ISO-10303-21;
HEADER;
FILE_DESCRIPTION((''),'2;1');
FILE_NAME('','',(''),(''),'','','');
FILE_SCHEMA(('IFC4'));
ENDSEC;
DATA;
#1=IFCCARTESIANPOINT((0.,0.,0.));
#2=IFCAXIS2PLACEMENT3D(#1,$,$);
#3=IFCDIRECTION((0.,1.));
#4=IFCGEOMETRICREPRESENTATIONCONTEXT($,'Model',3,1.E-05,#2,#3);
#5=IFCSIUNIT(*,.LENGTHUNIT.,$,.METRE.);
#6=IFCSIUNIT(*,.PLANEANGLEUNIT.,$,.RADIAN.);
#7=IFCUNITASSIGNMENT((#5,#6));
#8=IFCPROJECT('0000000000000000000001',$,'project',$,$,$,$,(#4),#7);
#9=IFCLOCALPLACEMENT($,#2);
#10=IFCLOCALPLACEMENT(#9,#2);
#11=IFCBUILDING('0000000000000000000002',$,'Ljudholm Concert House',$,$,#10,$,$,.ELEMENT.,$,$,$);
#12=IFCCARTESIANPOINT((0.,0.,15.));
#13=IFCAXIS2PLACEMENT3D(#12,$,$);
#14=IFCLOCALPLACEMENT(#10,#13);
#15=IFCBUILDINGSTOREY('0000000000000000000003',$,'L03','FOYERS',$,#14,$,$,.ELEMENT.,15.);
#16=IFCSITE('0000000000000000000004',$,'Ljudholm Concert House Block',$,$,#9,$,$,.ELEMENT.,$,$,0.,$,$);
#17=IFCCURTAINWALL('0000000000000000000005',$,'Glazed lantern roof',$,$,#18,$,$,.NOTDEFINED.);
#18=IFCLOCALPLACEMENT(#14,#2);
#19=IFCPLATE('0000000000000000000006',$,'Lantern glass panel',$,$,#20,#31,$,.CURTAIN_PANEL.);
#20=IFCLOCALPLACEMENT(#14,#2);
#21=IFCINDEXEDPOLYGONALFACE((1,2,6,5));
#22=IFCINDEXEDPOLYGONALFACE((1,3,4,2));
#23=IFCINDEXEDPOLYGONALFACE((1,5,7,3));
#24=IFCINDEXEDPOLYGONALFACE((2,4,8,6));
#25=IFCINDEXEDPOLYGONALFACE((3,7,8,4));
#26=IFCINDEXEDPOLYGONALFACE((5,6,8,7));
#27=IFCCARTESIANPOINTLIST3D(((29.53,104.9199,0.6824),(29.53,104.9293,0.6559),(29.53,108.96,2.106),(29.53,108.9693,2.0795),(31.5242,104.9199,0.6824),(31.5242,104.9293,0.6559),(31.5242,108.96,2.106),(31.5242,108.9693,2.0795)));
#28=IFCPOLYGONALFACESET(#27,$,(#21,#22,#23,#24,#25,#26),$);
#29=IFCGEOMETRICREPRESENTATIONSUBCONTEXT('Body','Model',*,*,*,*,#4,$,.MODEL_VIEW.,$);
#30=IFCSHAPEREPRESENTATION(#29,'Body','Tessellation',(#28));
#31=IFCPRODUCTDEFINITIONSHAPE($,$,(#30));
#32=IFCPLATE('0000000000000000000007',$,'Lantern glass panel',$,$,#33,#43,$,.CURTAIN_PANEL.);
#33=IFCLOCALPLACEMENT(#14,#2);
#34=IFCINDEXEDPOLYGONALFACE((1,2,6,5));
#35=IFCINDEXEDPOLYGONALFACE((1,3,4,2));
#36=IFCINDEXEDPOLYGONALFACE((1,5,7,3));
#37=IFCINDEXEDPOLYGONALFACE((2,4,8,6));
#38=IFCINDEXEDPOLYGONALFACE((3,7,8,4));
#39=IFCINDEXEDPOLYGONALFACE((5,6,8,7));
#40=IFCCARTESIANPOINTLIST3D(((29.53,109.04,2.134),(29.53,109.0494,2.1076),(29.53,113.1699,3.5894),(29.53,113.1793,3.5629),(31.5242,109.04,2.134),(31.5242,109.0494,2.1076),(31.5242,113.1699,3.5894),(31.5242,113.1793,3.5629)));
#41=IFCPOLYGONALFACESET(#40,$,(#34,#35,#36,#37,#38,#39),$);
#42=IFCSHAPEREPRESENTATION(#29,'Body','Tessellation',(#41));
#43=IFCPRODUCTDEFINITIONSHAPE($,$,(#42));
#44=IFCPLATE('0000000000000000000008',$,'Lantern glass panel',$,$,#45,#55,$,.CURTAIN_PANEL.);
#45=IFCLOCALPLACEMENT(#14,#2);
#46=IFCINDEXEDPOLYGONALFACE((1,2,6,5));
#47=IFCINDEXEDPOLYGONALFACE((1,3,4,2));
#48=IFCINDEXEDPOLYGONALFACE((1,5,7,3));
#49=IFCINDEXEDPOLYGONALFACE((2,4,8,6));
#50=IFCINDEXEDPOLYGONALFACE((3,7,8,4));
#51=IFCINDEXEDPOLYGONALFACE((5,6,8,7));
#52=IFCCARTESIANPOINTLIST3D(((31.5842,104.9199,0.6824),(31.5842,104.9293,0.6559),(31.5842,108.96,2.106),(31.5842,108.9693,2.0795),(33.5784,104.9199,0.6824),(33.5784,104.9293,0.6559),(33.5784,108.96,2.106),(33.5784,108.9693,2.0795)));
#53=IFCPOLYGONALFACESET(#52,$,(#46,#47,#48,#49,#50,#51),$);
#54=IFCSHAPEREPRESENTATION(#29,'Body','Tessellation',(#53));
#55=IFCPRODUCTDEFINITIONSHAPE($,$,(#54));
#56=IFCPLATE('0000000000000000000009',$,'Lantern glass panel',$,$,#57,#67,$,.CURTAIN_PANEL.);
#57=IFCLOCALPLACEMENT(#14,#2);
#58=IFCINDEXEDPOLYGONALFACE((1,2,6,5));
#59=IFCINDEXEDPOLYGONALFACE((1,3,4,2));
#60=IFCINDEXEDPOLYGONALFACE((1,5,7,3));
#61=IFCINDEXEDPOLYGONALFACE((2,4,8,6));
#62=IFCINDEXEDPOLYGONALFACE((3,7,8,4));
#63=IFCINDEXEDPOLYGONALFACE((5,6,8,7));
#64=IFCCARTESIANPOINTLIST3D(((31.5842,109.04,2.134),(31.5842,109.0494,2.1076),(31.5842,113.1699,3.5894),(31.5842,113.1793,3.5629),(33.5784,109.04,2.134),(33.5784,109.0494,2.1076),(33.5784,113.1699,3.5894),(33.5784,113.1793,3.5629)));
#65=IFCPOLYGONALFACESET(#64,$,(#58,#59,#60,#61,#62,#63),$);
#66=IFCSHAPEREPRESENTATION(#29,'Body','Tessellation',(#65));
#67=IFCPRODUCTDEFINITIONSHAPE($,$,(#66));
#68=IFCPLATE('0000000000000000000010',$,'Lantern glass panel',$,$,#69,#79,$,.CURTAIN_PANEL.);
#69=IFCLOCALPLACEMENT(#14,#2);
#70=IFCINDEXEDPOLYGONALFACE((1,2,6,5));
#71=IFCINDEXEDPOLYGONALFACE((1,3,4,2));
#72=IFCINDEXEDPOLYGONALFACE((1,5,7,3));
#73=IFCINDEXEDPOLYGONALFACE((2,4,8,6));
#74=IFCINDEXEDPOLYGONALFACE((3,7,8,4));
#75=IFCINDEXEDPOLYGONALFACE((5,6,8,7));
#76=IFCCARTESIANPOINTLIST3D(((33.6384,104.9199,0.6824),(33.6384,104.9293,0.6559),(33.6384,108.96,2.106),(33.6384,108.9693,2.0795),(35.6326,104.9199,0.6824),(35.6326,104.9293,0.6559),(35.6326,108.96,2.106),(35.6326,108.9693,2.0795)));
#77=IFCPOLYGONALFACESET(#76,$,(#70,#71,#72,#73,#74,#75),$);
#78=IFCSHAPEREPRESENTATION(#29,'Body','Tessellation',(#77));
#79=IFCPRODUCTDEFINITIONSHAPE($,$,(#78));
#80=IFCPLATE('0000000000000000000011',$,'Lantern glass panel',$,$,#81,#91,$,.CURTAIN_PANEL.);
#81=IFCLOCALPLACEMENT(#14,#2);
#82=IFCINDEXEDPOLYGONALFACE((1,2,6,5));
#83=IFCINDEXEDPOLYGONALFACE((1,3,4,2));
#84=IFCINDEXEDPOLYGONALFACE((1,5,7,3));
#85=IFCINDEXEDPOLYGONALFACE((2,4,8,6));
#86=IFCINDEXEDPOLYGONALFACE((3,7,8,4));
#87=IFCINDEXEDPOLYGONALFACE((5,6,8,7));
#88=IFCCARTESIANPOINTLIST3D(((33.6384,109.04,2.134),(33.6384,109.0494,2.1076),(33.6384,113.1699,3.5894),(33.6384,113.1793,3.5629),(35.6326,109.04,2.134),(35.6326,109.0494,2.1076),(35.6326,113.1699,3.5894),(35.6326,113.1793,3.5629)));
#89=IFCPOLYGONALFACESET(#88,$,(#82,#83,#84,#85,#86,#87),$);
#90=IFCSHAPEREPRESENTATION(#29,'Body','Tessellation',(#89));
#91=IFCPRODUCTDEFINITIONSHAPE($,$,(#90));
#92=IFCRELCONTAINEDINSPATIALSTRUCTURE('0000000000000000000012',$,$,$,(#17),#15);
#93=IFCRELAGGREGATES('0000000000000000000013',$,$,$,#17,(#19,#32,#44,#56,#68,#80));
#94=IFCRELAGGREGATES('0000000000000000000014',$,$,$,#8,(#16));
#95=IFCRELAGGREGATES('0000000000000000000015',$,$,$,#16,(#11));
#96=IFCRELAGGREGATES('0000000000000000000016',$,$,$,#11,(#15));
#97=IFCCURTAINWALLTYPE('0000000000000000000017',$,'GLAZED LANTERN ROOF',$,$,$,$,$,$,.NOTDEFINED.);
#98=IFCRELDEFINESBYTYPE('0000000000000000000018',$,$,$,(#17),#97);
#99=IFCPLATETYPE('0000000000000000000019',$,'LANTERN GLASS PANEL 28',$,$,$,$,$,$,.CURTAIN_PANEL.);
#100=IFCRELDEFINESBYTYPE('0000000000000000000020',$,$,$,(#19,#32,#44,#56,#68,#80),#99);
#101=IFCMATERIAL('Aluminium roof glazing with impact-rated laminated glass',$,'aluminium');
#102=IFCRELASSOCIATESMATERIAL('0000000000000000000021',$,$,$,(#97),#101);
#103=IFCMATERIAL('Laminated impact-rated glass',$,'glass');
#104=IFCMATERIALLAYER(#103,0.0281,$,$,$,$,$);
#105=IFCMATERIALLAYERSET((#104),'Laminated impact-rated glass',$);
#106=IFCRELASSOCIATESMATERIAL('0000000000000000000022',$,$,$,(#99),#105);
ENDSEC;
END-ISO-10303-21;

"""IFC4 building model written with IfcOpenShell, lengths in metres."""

from ifc_helpers import new_model, si_unit, direction, frame, origin, place, context, subcontext, project, spatial, polyline, outline, extrude, material, layer, layer_set, type_object, element, aggregate, save


model = new_model("IFC4")

# Units and contexts
model_context = context("Model", 3, precision=1e-05, world=origin(), true_north=direction((0.0, 1.0)))
body_context = subcontext(model_context, "Body", "Model", "MODEL_VIEW")
ifc_project = project(units=[si_unit("LENGTHUNIT", "METRE"), si_unit("PLANEANGLEUNIT", "RADIAN")], contexts=[model_context])

# Site, building, storey
site_placement = place(None, origin())
site = spatial("IfcSite", under=ifc_project, at=site_placement, Name="Ljudholm Concert House Block", CompositionType="ELEMENT", RefElevation=0.0)
building_placement = place(site_placement, origin())
building = spatial("IfcBuilding", under=site, at=building_placement, Name="Ljudholm Concert House", CompositionType="ELEMENT")
storey_placement = place(building_placement, frame((0.0, 0.0, 15.0)))
storey = spatial("IfcBuildingStorey", under=building, at=storey_placement, Name="L03", Description="FOYERS", CompositionType="ELEMENT", Elevation=15.0)

# Curtain wall
ifc_material_1 = material(Name="Aluminium roof glazing with impact-rated laminated glass", Category="aluminium")
curtain_wall_type = type_object("IfcCurtainWallType", Name="GLAZED LANTERN ROOF", PredefinedType="NOTDEFINED", material=ifc_material_1)
curtain_wall_1_placement = place(storey_placement, origin())
curtain_wall_1 = element("IfcCurtainWall", 1, at=curtain_wall_1_placement, inside=storey, type_object=curtain_wall_type, Name="Glazed lantern roof", PredefinedType="NOTDEFINED")

# Plates
ifc_material_2 = material(Name="Laminated impact-rated glass", Category="glass")
ifc_layer_1 = layer(ifc_material_2, 0.0281)
ifc_layer_set_1 = layer_set([ifc_layer_1], Name="Laminated impact-rated glass")
plate_type = type_object("IfcPlateType", Name="LANTERN GLASS PANEL 28", PredefinedType="CURTAIN_PANEL", material=ifc_layer_set_1)
plate_1_placement = place(storey_placement, frame((29.53, 104.9199, 0.6824), z_axis=(0.0, -0.33234, 0.94316), x_axis=(1.0, 0.0, 0.0)))
plate_1 = element("IfcPlate", 2, at=plate_1_placement, type_object=plate_type, Name="Lantern glass panel", PredefinedType="CURTAIN_PANEL", context=body_context, shape_type="SweptSolid", body=[
    extrude(outline(polyline([(0.0, 0.0), (1.9941, 0.0), (1.9941, 4.2835), (0.0, 4.2835), (0.0, 0.0)])), origin(), (0.0, 0.0, -1.0), 0.0281),
])
plate_2_placement = place(storey_placement, frame((29.53, 109.04, 2.134), z_axis=(0.0, -0.332356, 0.943154), x_axis=(1.0, 0.0, 0.0)))
plate_2 = element("IfcPlate", 3, at=plate_2_placement, type_object=plate_type, Name="Lantern glass panel", PredefinedType="CURTAIN_PANEL", context=body_context, shape_type="SweptSolid", body=[
    extrude(outline(polyline([(0.0, 0.0), (1.9941, 0.0), (1.9941, 4.3788), (0.0, 4.3788), (0.0, 0.0)])), origin(), (0.0, 0.0, -1.0), 0.0281),
])
plate_3_placement = place(storey_placement, frame((31.5842, 104.9199, 0.6824), z_axis=(0.0, -0.33234, 0.94316), x_axis=(1.0, 0.0, 0.0)))
plate_3 = element("IfcPlate", 4, at=plate_3_placement, type_object=plate_type, Name="Lantern glass panel", PredefinedType="CURTAIN_PANEL", context=body_context, shape_type="SweptSolid", body=[
    extrude(outline(polyline([(0.0, 0.0), (1.9941, 0.0), (1.9941, 4.2835), (0.0, 4.2835), (0.0, 0.0)])), origin(), (0.0, 0.0, -1.0), 0.0281),
])
plate_4_placement = place(storey_placement, frame((31.5842, 109.04, 2.134), z_axis=(0.0, -0.332356, 0.943154), x_axis=(1.0, 0.0, 0.0)))
plate_4 = element("IfcPlate", 5, at=plate_4_placement, type_object=plate_type, Name="Lantern glass panel", PredefinedType="CURTAIN_PANEL", context=body_context, shape_type="SweptSolid", body=[
    extrude(outline(polyline([(0.0, 0.0), (1.9941, 0.0), (1.9941, 4.3788), (0.0, 4.3788), (0.0, 0.0)])), origin(), (0.0, 0.0, -1.0), 0.0281),
])
plate_5_placement = place(storey_placement, frame((33.6384, 104.9199, 0.6824), z_axis=(0.0, -0.33234, 0.94316), x_axis=(1.0, 0.0, 0.0)))
plate_5 = element("IfcPlate", 6, at=plate_5_placement, type_object=plate_type, Name="Lantern glass panel", PredefinedType="CURTAIN_PANEL", context=body_context, shape_type="SweptSolid", body=[
    extrude(outline(polyline([(0.0, 0.0), (1.9941, 0.0), (1.9941, 4.2835), (0.0, 4.2835), (0.0, 0.0)])), origin(), (0.0, 0.0, -1.0), 0.0281),
])
plate_6_placement = place(storey_placement, frame((33.6384, 109.04, 2.134), z_axis=(0.0, -0.332356, 0.943154), x_axis=(1.0, 0.0, 0.0)))
plate_6 = element("IfcPlate", 7, at=plate_6_placement, type_object=plate_type, Name="Lantern glass panel", PredefinedType="CURTAIN_PANEL", context=body_context, shape_type="SweptSolid", body=[
    extrude(outline(polyline([(0.0, 0.0), (1.9941, 0.0), (1.9941, 4.3788), (0.0, 4.3788), (0.0, 0.0)])), origin(), (0.0, 0.0, -1.0), 0.0281),
])
aggregate(curtain_wall_1, [plate_1, plate_2, plate_3, plate_4, plate_5, plate_6])

save(model, "model.ifc")
